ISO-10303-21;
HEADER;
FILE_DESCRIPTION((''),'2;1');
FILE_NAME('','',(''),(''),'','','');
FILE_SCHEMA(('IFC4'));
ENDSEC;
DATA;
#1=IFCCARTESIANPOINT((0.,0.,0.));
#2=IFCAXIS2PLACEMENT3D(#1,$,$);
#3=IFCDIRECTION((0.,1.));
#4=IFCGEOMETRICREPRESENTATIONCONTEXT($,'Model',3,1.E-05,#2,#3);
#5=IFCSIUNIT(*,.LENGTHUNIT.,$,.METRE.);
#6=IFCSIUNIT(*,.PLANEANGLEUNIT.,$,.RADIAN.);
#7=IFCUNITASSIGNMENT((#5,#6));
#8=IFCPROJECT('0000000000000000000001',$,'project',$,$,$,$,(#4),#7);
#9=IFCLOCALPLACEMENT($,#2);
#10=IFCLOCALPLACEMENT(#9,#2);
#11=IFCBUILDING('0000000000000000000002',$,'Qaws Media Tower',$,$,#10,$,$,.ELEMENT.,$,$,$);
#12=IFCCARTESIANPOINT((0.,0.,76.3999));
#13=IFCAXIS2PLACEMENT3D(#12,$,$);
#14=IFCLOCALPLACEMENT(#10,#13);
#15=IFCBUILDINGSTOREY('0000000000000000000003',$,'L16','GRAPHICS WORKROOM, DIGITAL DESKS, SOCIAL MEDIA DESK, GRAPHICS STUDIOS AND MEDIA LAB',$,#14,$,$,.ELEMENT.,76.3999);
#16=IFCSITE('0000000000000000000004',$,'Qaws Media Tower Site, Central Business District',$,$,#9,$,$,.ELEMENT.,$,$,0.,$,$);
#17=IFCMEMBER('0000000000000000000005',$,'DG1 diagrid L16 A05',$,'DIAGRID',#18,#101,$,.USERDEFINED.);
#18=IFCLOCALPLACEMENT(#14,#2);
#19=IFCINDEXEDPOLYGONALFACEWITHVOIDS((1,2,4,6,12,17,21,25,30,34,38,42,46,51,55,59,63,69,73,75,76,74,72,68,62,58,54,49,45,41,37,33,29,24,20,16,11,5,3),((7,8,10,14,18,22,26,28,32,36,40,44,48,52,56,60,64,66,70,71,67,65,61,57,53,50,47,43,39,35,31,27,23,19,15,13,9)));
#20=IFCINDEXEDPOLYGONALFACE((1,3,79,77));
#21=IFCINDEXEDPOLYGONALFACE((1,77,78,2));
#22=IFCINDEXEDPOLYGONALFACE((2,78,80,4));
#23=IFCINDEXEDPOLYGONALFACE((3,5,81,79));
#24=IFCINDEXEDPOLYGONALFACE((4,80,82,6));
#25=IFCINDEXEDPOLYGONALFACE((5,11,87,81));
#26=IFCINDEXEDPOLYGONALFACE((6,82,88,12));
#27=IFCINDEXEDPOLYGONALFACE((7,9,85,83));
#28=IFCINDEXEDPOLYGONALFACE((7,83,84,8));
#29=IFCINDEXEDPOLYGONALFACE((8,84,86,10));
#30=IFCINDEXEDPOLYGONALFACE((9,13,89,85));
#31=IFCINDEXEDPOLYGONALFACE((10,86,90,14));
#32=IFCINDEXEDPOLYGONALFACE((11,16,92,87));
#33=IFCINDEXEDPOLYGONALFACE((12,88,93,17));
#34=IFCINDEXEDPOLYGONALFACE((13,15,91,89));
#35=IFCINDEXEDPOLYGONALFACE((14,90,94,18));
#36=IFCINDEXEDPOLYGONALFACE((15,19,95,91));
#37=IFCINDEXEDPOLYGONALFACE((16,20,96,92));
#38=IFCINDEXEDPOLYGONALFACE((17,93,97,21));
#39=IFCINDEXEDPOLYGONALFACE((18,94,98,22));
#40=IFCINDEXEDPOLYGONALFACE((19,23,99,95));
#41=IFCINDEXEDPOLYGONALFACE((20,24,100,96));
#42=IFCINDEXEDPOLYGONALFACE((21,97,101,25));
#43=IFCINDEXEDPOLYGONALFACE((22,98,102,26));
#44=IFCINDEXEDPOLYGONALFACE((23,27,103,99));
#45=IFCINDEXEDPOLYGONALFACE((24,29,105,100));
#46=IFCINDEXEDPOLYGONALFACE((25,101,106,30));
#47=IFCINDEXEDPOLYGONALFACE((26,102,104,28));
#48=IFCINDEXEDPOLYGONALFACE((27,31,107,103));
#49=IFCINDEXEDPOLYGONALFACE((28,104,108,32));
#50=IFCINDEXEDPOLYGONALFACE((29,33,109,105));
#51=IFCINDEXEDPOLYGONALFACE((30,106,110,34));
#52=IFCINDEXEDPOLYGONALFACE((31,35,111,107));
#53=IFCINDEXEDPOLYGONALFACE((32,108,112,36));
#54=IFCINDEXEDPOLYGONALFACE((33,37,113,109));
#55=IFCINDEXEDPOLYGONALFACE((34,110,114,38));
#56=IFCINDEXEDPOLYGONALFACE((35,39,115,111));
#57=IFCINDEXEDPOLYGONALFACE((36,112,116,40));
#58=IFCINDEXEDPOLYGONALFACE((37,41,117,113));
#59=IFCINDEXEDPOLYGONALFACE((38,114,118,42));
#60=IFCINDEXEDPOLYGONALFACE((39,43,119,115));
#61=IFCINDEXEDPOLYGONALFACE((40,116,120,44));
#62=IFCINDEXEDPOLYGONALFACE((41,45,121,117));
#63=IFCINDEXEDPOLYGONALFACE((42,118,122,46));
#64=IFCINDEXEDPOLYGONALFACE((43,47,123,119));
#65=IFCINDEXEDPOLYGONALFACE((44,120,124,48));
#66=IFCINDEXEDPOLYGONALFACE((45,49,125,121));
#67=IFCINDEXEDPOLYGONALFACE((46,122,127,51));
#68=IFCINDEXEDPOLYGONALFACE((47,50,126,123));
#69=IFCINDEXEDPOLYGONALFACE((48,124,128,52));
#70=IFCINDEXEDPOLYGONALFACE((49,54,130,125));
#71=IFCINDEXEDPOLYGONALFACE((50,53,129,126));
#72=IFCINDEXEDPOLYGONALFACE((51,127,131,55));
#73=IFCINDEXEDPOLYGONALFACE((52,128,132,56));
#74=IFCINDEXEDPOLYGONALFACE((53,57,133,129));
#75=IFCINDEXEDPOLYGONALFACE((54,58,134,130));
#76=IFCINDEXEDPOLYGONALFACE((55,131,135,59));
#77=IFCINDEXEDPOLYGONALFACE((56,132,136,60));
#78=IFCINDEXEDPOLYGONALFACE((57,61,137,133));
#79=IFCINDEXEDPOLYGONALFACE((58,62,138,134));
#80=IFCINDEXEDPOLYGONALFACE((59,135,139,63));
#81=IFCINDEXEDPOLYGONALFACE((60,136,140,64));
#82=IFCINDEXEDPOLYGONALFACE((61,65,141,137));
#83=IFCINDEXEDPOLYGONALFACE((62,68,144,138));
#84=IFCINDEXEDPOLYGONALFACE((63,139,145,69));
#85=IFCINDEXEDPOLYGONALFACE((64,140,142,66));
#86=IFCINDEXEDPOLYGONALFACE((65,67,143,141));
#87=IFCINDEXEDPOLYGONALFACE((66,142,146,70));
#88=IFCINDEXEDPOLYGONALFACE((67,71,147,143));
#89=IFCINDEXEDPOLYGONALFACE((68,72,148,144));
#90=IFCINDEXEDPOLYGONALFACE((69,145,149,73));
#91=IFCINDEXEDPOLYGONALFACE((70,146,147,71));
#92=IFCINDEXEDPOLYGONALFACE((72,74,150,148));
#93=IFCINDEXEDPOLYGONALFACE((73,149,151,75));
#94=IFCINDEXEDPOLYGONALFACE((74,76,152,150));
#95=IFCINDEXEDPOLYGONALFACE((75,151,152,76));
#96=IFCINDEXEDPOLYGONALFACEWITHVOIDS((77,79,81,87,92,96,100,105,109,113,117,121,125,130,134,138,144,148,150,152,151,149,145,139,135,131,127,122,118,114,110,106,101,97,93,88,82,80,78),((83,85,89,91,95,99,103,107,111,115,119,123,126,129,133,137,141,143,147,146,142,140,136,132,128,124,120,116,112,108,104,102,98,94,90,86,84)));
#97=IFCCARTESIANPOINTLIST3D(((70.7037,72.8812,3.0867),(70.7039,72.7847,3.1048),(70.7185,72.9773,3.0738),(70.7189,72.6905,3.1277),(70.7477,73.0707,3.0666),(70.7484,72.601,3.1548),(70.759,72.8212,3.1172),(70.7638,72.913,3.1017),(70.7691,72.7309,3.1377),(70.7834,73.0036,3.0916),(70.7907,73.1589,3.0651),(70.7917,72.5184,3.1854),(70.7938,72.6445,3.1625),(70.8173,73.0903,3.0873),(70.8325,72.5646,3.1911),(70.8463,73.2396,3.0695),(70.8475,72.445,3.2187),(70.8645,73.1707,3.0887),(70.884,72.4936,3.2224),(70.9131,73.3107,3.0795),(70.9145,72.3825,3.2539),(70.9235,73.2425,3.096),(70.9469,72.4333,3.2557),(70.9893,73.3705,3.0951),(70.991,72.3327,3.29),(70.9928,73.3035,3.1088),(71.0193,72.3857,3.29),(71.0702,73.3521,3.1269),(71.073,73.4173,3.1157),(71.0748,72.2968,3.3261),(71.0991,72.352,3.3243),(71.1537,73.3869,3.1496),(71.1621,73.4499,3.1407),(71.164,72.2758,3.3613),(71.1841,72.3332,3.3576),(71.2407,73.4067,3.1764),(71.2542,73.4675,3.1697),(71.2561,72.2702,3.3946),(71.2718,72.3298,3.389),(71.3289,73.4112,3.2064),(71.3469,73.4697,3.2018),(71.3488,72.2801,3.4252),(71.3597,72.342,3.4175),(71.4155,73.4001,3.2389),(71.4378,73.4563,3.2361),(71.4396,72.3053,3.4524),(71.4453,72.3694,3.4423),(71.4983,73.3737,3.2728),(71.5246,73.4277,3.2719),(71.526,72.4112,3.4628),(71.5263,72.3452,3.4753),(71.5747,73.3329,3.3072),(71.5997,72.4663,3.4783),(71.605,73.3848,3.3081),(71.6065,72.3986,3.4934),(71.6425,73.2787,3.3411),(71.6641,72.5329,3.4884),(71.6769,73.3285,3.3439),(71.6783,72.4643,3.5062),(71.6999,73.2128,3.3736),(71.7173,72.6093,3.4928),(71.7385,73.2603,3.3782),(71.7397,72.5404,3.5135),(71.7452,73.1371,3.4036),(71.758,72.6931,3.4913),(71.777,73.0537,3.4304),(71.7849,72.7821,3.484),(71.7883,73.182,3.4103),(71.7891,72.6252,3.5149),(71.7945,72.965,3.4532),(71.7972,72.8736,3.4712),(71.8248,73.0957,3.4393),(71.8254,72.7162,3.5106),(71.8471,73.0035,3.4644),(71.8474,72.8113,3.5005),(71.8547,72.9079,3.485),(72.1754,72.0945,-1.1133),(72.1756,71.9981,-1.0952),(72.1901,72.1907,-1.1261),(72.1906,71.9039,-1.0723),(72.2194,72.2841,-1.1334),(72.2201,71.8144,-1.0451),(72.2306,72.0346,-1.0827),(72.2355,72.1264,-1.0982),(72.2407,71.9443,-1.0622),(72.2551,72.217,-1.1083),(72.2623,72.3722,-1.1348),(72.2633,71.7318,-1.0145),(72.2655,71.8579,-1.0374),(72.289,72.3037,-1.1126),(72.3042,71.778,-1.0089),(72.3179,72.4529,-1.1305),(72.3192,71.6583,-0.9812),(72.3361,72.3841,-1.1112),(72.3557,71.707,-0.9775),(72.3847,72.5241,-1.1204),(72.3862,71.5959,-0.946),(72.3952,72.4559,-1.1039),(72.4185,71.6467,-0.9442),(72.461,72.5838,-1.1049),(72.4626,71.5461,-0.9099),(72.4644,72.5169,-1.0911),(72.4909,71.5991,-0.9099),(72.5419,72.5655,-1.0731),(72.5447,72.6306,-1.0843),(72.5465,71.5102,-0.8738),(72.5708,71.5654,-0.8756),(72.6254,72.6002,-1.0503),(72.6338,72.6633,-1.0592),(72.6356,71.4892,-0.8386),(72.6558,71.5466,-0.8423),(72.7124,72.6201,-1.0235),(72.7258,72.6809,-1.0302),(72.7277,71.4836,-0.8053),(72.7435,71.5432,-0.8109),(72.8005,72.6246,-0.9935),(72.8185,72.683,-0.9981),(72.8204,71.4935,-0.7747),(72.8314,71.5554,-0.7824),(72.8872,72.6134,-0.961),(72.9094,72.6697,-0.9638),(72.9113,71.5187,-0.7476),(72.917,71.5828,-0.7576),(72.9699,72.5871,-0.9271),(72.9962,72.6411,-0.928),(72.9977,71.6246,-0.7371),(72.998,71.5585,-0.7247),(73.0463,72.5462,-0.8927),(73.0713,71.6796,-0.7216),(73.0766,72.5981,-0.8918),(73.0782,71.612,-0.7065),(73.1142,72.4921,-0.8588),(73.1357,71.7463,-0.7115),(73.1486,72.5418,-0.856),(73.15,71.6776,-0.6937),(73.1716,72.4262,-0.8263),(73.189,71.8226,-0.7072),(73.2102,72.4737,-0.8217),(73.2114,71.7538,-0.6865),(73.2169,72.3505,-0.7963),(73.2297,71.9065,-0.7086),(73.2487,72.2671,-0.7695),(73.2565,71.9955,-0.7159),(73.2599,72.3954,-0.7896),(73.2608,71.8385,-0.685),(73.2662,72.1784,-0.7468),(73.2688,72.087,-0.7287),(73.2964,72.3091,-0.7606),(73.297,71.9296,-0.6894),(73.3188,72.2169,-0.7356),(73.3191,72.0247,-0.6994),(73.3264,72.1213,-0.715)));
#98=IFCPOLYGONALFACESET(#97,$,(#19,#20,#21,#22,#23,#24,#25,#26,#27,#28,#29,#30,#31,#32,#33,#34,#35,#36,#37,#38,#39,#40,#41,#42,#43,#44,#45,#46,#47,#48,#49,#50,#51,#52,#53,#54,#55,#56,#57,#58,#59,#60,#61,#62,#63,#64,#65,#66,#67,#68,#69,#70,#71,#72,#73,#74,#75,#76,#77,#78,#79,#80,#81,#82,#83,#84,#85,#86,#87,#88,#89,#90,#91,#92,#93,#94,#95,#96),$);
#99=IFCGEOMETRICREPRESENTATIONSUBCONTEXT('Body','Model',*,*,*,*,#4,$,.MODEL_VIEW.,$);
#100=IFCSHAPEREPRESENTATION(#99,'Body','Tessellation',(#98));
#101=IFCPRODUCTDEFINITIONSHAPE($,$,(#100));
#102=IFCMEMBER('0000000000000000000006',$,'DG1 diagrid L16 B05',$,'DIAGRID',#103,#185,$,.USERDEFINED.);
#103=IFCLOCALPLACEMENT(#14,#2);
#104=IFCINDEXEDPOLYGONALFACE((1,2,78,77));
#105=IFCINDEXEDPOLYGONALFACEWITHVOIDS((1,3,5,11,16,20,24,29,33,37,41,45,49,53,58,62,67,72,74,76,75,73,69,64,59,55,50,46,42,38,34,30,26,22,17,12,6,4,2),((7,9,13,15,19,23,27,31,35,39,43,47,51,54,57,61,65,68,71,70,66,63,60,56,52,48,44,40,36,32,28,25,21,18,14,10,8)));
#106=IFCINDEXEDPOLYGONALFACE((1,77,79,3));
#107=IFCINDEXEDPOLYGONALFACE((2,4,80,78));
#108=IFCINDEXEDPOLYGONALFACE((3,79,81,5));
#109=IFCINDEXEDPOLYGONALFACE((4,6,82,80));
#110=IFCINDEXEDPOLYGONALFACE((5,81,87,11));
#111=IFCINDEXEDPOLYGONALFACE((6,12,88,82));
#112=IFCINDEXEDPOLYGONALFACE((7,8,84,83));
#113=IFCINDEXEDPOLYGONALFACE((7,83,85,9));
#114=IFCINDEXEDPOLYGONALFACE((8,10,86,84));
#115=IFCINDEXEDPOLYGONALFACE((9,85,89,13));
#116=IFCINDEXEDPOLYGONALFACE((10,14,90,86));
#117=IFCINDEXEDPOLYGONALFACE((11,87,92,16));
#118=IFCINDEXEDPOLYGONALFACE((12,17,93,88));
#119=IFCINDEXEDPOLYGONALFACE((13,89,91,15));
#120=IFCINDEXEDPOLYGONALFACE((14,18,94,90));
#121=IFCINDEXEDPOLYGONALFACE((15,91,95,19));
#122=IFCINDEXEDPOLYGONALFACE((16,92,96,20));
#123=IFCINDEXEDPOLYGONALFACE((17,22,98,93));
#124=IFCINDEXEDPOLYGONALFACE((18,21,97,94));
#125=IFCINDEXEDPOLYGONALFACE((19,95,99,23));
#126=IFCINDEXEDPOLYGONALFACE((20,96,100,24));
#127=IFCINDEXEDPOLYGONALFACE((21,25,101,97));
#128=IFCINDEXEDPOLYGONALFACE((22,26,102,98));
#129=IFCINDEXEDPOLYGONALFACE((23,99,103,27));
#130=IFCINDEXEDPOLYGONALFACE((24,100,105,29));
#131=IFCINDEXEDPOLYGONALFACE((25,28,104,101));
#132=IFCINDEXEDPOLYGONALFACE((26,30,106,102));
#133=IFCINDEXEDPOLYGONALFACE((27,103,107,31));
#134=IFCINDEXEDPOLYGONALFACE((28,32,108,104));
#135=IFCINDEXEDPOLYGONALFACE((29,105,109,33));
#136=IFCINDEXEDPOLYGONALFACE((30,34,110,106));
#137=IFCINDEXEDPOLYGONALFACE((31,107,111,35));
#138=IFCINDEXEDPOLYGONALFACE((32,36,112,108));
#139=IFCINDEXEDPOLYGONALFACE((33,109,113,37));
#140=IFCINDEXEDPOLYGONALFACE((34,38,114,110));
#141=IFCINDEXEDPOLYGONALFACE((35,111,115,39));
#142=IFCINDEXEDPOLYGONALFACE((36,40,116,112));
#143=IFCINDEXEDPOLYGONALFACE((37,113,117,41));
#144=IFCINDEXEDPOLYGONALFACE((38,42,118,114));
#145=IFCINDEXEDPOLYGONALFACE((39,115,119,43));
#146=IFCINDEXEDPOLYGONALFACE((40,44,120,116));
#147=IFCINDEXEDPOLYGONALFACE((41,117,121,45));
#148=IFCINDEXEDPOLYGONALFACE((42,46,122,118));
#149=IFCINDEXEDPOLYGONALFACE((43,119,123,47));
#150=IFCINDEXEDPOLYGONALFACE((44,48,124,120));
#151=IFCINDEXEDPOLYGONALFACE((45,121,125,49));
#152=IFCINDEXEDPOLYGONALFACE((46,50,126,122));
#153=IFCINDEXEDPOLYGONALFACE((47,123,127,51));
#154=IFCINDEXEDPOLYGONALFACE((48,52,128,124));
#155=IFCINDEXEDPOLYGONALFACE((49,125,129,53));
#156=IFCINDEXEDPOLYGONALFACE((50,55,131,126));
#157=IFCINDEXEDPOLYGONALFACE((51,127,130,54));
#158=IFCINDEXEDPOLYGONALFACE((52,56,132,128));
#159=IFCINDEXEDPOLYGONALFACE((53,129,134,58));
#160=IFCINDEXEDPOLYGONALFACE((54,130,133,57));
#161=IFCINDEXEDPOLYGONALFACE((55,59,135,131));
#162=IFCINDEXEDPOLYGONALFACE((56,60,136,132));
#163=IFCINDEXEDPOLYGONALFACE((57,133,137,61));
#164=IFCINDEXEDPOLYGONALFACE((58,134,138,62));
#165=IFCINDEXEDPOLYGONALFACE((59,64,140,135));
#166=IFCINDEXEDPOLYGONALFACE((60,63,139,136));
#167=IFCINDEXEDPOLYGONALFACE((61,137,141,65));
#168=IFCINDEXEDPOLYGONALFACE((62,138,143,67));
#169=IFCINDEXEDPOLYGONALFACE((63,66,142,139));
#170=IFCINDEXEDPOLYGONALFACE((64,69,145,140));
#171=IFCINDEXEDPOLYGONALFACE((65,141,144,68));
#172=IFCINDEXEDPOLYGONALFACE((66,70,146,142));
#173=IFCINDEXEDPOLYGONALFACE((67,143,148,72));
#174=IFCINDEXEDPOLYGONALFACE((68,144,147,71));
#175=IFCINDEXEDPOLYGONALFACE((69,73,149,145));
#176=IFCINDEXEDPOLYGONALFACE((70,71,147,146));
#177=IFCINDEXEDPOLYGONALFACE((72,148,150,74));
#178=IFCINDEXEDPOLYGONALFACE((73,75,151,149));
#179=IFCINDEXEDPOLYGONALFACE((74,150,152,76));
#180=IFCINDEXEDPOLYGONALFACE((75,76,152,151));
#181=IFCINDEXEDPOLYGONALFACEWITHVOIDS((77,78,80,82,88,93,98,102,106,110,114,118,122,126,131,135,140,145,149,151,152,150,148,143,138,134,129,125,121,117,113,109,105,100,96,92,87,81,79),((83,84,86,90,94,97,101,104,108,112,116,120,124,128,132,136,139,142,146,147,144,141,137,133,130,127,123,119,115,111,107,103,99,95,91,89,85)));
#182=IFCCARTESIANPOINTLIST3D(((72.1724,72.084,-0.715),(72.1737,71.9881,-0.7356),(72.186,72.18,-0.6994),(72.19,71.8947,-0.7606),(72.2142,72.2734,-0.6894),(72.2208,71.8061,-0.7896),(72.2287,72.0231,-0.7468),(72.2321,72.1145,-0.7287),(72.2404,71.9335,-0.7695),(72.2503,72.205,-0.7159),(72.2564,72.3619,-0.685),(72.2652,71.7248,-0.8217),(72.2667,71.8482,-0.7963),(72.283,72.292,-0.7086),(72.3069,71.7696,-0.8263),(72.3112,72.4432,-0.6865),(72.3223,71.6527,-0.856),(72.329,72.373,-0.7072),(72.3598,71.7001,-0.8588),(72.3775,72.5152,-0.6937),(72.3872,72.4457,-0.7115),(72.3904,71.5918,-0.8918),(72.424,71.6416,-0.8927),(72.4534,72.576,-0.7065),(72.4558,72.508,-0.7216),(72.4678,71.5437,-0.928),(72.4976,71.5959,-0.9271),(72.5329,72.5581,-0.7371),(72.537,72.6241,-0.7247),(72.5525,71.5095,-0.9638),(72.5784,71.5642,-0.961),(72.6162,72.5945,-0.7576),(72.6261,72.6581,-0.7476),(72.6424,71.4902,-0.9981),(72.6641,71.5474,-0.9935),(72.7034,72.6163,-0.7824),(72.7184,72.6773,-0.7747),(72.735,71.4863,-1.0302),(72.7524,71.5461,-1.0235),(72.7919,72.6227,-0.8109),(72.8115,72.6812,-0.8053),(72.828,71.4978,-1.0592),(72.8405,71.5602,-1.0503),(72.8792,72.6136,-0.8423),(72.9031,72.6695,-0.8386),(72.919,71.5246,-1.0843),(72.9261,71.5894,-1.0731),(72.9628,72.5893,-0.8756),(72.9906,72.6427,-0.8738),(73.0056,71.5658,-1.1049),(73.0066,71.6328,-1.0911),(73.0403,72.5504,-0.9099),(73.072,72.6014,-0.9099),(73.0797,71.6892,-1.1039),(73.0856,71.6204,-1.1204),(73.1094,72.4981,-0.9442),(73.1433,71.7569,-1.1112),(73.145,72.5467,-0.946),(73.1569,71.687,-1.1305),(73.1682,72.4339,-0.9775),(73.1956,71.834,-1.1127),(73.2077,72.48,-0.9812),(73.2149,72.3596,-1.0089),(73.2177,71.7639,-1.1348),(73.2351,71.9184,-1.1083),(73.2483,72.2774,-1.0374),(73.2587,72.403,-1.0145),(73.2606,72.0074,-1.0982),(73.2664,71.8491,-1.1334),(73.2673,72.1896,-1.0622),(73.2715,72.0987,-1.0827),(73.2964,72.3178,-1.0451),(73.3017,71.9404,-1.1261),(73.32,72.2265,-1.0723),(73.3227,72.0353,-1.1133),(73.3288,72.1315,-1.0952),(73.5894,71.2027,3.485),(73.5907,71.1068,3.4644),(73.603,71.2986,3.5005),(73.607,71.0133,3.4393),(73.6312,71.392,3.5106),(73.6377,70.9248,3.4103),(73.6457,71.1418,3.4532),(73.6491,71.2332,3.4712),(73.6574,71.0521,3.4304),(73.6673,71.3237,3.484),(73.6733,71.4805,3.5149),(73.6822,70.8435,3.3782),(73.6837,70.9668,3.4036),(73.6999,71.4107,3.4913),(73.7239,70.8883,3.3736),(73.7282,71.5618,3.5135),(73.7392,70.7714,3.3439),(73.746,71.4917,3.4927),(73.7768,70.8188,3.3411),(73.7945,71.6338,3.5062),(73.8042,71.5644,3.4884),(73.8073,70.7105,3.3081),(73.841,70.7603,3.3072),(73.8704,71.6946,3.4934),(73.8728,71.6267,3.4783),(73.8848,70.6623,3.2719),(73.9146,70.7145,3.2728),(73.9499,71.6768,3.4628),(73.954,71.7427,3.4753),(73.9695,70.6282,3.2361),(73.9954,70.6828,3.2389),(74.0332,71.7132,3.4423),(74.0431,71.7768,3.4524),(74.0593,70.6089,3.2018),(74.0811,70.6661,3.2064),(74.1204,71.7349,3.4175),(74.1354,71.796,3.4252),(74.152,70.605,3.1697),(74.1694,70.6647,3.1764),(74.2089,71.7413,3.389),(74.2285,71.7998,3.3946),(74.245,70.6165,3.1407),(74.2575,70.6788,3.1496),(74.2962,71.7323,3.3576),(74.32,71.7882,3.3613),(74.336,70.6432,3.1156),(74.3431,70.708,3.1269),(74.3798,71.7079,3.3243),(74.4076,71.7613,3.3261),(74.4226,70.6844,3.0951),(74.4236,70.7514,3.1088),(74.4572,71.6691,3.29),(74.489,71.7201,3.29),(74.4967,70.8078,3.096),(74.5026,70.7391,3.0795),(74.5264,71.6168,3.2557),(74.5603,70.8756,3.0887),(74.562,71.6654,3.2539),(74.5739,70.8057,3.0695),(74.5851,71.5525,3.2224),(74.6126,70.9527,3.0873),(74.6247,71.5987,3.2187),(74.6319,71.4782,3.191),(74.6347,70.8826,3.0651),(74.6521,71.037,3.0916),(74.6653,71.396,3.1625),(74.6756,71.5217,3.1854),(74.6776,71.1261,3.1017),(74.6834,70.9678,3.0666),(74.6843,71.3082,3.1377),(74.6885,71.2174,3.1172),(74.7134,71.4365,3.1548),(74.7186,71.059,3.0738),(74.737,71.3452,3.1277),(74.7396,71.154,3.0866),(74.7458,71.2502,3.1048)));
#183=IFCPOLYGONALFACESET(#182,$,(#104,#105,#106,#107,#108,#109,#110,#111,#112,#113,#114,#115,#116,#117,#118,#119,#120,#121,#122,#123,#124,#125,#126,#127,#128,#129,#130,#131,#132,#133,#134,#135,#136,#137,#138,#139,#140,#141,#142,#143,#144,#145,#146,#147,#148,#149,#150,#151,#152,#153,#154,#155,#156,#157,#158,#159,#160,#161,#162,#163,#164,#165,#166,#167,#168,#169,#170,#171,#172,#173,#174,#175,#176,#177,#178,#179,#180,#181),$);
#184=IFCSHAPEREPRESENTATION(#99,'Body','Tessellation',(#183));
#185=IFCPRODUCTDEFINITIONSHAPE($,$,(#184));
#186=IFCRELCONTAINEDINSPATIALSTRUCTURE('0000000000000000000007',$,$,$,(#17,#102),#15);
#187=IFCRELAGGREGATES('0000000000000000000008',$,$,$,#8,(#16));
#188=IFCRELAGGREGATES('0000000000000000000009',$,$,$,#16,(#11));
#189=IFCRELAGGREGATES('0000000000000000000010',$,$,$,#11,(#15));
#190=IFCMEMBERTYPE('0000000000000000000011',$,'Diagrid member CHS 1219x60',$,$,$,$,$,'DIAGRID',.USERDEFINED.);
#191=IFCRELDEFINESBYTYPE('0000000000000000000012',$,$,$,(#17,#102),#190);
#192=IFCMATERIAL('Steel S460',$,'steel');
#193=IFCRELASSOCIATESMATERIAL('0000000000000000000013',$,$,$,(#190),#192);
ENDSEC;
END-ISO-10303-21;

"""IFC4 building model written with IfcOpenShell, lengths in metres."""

from ifc_helpers import new_model, si_unit, direction, frame, origin, origin_2d, place, context, subcontext, project, spatial, hollow_circle, extrude, material, material_profile, profile_set, type_object, element, save


model = new_model("IFC4")

# Units and contexts
model_context = context("Model", 3, precision=1e-05, world=origin(), true_north=direction((0.0, 1.0)))
body_context = subcontext(model_context, "Body", "Model", "MODEL_VIEW")
ifc_project = project(units=[si_unit("LENGTHUNIT", "METRE"), si_unit("PLANEANGLEUNIT", "RADIAN")], contexts=[model_context])

# Site, building, storey
site_placement = place(None, origin())
site = spatial("IfcSite", under=ifc_project, at=site_placement, Name="Qaws Media Tower Site, Central Business District", CompositionType="ELEMENT", RefElevation=0.0)
building_placement = place(site_placement, origin())
building = spatial("IfcBuilding", under=site, at=building_placement, Name="Qaws Media Tower", CompositionType="ELEMENT")
storey_placement = place(building_placement, frame((0.0, 0.0, 76.3999)))
storey = spatial("IfcBuildingStorey", under=building, at=storey_placement, Name="L16", Description="GRAPHICS WORKROOM, DIGITAL DESKS, SOCIAL MEDIA DESK, GRAPHICS STUDIOS AND MEDIA LAB", CompositionType="ELEMENT", Elevation=76.3999)

# Members
ifc_material_1 = material(Name="Steel S460", Category="steel")
ifc_material_profile_1 = material_profile(ifc_material_1, hollow_circle(Radius=0.6096, WallThickness=0.0601, at=origin_2d()), Name="CHS 1219x60")
ifc_profile_set_1 = profile_set([ifc_material_profile_1], Name="Steel S460")
member_type_1 = type_object("IfcMemberType", Name="Diagrid member CHS 1219x60", ElementType="DIAGRID", PredefinedType="USERDEFINED", material=ifc_profile_set_1)
for number, where, z_axis, x_axis, name in (
    (1, (72.75, 72.0837, -0.9099), (-0.325642, 0.174058, 0.929334), (-0.471393, -0.881923, 0.0), "DG1 diagrid L16 A05"),
    (2, (72.75, 72.0837, -0.9099), (0.313541, -0.195018, 0.929333), (0.528157, 0.849147, 0.0), "DG1 diagrid L16 B05"),
):
    element("IfcMember", number, at=place(storey_placement, frame(where, z_axis=z_axis, x_axis=x_axis)), inside=storey, type_object=member_type_1, Name=name, ObjectType="DIAGRID", PredefinedType="USERDEFINED", context=body_context, shape_type="SweptSolid", body=[
        extrude(hollow_circle(Radius=0.6096, WallThickness=0.0601, at=origin_2d()), origin(), (0.0, 0.0, 1.0), 4.5193),
    ])

save(model, "model.ifc")
